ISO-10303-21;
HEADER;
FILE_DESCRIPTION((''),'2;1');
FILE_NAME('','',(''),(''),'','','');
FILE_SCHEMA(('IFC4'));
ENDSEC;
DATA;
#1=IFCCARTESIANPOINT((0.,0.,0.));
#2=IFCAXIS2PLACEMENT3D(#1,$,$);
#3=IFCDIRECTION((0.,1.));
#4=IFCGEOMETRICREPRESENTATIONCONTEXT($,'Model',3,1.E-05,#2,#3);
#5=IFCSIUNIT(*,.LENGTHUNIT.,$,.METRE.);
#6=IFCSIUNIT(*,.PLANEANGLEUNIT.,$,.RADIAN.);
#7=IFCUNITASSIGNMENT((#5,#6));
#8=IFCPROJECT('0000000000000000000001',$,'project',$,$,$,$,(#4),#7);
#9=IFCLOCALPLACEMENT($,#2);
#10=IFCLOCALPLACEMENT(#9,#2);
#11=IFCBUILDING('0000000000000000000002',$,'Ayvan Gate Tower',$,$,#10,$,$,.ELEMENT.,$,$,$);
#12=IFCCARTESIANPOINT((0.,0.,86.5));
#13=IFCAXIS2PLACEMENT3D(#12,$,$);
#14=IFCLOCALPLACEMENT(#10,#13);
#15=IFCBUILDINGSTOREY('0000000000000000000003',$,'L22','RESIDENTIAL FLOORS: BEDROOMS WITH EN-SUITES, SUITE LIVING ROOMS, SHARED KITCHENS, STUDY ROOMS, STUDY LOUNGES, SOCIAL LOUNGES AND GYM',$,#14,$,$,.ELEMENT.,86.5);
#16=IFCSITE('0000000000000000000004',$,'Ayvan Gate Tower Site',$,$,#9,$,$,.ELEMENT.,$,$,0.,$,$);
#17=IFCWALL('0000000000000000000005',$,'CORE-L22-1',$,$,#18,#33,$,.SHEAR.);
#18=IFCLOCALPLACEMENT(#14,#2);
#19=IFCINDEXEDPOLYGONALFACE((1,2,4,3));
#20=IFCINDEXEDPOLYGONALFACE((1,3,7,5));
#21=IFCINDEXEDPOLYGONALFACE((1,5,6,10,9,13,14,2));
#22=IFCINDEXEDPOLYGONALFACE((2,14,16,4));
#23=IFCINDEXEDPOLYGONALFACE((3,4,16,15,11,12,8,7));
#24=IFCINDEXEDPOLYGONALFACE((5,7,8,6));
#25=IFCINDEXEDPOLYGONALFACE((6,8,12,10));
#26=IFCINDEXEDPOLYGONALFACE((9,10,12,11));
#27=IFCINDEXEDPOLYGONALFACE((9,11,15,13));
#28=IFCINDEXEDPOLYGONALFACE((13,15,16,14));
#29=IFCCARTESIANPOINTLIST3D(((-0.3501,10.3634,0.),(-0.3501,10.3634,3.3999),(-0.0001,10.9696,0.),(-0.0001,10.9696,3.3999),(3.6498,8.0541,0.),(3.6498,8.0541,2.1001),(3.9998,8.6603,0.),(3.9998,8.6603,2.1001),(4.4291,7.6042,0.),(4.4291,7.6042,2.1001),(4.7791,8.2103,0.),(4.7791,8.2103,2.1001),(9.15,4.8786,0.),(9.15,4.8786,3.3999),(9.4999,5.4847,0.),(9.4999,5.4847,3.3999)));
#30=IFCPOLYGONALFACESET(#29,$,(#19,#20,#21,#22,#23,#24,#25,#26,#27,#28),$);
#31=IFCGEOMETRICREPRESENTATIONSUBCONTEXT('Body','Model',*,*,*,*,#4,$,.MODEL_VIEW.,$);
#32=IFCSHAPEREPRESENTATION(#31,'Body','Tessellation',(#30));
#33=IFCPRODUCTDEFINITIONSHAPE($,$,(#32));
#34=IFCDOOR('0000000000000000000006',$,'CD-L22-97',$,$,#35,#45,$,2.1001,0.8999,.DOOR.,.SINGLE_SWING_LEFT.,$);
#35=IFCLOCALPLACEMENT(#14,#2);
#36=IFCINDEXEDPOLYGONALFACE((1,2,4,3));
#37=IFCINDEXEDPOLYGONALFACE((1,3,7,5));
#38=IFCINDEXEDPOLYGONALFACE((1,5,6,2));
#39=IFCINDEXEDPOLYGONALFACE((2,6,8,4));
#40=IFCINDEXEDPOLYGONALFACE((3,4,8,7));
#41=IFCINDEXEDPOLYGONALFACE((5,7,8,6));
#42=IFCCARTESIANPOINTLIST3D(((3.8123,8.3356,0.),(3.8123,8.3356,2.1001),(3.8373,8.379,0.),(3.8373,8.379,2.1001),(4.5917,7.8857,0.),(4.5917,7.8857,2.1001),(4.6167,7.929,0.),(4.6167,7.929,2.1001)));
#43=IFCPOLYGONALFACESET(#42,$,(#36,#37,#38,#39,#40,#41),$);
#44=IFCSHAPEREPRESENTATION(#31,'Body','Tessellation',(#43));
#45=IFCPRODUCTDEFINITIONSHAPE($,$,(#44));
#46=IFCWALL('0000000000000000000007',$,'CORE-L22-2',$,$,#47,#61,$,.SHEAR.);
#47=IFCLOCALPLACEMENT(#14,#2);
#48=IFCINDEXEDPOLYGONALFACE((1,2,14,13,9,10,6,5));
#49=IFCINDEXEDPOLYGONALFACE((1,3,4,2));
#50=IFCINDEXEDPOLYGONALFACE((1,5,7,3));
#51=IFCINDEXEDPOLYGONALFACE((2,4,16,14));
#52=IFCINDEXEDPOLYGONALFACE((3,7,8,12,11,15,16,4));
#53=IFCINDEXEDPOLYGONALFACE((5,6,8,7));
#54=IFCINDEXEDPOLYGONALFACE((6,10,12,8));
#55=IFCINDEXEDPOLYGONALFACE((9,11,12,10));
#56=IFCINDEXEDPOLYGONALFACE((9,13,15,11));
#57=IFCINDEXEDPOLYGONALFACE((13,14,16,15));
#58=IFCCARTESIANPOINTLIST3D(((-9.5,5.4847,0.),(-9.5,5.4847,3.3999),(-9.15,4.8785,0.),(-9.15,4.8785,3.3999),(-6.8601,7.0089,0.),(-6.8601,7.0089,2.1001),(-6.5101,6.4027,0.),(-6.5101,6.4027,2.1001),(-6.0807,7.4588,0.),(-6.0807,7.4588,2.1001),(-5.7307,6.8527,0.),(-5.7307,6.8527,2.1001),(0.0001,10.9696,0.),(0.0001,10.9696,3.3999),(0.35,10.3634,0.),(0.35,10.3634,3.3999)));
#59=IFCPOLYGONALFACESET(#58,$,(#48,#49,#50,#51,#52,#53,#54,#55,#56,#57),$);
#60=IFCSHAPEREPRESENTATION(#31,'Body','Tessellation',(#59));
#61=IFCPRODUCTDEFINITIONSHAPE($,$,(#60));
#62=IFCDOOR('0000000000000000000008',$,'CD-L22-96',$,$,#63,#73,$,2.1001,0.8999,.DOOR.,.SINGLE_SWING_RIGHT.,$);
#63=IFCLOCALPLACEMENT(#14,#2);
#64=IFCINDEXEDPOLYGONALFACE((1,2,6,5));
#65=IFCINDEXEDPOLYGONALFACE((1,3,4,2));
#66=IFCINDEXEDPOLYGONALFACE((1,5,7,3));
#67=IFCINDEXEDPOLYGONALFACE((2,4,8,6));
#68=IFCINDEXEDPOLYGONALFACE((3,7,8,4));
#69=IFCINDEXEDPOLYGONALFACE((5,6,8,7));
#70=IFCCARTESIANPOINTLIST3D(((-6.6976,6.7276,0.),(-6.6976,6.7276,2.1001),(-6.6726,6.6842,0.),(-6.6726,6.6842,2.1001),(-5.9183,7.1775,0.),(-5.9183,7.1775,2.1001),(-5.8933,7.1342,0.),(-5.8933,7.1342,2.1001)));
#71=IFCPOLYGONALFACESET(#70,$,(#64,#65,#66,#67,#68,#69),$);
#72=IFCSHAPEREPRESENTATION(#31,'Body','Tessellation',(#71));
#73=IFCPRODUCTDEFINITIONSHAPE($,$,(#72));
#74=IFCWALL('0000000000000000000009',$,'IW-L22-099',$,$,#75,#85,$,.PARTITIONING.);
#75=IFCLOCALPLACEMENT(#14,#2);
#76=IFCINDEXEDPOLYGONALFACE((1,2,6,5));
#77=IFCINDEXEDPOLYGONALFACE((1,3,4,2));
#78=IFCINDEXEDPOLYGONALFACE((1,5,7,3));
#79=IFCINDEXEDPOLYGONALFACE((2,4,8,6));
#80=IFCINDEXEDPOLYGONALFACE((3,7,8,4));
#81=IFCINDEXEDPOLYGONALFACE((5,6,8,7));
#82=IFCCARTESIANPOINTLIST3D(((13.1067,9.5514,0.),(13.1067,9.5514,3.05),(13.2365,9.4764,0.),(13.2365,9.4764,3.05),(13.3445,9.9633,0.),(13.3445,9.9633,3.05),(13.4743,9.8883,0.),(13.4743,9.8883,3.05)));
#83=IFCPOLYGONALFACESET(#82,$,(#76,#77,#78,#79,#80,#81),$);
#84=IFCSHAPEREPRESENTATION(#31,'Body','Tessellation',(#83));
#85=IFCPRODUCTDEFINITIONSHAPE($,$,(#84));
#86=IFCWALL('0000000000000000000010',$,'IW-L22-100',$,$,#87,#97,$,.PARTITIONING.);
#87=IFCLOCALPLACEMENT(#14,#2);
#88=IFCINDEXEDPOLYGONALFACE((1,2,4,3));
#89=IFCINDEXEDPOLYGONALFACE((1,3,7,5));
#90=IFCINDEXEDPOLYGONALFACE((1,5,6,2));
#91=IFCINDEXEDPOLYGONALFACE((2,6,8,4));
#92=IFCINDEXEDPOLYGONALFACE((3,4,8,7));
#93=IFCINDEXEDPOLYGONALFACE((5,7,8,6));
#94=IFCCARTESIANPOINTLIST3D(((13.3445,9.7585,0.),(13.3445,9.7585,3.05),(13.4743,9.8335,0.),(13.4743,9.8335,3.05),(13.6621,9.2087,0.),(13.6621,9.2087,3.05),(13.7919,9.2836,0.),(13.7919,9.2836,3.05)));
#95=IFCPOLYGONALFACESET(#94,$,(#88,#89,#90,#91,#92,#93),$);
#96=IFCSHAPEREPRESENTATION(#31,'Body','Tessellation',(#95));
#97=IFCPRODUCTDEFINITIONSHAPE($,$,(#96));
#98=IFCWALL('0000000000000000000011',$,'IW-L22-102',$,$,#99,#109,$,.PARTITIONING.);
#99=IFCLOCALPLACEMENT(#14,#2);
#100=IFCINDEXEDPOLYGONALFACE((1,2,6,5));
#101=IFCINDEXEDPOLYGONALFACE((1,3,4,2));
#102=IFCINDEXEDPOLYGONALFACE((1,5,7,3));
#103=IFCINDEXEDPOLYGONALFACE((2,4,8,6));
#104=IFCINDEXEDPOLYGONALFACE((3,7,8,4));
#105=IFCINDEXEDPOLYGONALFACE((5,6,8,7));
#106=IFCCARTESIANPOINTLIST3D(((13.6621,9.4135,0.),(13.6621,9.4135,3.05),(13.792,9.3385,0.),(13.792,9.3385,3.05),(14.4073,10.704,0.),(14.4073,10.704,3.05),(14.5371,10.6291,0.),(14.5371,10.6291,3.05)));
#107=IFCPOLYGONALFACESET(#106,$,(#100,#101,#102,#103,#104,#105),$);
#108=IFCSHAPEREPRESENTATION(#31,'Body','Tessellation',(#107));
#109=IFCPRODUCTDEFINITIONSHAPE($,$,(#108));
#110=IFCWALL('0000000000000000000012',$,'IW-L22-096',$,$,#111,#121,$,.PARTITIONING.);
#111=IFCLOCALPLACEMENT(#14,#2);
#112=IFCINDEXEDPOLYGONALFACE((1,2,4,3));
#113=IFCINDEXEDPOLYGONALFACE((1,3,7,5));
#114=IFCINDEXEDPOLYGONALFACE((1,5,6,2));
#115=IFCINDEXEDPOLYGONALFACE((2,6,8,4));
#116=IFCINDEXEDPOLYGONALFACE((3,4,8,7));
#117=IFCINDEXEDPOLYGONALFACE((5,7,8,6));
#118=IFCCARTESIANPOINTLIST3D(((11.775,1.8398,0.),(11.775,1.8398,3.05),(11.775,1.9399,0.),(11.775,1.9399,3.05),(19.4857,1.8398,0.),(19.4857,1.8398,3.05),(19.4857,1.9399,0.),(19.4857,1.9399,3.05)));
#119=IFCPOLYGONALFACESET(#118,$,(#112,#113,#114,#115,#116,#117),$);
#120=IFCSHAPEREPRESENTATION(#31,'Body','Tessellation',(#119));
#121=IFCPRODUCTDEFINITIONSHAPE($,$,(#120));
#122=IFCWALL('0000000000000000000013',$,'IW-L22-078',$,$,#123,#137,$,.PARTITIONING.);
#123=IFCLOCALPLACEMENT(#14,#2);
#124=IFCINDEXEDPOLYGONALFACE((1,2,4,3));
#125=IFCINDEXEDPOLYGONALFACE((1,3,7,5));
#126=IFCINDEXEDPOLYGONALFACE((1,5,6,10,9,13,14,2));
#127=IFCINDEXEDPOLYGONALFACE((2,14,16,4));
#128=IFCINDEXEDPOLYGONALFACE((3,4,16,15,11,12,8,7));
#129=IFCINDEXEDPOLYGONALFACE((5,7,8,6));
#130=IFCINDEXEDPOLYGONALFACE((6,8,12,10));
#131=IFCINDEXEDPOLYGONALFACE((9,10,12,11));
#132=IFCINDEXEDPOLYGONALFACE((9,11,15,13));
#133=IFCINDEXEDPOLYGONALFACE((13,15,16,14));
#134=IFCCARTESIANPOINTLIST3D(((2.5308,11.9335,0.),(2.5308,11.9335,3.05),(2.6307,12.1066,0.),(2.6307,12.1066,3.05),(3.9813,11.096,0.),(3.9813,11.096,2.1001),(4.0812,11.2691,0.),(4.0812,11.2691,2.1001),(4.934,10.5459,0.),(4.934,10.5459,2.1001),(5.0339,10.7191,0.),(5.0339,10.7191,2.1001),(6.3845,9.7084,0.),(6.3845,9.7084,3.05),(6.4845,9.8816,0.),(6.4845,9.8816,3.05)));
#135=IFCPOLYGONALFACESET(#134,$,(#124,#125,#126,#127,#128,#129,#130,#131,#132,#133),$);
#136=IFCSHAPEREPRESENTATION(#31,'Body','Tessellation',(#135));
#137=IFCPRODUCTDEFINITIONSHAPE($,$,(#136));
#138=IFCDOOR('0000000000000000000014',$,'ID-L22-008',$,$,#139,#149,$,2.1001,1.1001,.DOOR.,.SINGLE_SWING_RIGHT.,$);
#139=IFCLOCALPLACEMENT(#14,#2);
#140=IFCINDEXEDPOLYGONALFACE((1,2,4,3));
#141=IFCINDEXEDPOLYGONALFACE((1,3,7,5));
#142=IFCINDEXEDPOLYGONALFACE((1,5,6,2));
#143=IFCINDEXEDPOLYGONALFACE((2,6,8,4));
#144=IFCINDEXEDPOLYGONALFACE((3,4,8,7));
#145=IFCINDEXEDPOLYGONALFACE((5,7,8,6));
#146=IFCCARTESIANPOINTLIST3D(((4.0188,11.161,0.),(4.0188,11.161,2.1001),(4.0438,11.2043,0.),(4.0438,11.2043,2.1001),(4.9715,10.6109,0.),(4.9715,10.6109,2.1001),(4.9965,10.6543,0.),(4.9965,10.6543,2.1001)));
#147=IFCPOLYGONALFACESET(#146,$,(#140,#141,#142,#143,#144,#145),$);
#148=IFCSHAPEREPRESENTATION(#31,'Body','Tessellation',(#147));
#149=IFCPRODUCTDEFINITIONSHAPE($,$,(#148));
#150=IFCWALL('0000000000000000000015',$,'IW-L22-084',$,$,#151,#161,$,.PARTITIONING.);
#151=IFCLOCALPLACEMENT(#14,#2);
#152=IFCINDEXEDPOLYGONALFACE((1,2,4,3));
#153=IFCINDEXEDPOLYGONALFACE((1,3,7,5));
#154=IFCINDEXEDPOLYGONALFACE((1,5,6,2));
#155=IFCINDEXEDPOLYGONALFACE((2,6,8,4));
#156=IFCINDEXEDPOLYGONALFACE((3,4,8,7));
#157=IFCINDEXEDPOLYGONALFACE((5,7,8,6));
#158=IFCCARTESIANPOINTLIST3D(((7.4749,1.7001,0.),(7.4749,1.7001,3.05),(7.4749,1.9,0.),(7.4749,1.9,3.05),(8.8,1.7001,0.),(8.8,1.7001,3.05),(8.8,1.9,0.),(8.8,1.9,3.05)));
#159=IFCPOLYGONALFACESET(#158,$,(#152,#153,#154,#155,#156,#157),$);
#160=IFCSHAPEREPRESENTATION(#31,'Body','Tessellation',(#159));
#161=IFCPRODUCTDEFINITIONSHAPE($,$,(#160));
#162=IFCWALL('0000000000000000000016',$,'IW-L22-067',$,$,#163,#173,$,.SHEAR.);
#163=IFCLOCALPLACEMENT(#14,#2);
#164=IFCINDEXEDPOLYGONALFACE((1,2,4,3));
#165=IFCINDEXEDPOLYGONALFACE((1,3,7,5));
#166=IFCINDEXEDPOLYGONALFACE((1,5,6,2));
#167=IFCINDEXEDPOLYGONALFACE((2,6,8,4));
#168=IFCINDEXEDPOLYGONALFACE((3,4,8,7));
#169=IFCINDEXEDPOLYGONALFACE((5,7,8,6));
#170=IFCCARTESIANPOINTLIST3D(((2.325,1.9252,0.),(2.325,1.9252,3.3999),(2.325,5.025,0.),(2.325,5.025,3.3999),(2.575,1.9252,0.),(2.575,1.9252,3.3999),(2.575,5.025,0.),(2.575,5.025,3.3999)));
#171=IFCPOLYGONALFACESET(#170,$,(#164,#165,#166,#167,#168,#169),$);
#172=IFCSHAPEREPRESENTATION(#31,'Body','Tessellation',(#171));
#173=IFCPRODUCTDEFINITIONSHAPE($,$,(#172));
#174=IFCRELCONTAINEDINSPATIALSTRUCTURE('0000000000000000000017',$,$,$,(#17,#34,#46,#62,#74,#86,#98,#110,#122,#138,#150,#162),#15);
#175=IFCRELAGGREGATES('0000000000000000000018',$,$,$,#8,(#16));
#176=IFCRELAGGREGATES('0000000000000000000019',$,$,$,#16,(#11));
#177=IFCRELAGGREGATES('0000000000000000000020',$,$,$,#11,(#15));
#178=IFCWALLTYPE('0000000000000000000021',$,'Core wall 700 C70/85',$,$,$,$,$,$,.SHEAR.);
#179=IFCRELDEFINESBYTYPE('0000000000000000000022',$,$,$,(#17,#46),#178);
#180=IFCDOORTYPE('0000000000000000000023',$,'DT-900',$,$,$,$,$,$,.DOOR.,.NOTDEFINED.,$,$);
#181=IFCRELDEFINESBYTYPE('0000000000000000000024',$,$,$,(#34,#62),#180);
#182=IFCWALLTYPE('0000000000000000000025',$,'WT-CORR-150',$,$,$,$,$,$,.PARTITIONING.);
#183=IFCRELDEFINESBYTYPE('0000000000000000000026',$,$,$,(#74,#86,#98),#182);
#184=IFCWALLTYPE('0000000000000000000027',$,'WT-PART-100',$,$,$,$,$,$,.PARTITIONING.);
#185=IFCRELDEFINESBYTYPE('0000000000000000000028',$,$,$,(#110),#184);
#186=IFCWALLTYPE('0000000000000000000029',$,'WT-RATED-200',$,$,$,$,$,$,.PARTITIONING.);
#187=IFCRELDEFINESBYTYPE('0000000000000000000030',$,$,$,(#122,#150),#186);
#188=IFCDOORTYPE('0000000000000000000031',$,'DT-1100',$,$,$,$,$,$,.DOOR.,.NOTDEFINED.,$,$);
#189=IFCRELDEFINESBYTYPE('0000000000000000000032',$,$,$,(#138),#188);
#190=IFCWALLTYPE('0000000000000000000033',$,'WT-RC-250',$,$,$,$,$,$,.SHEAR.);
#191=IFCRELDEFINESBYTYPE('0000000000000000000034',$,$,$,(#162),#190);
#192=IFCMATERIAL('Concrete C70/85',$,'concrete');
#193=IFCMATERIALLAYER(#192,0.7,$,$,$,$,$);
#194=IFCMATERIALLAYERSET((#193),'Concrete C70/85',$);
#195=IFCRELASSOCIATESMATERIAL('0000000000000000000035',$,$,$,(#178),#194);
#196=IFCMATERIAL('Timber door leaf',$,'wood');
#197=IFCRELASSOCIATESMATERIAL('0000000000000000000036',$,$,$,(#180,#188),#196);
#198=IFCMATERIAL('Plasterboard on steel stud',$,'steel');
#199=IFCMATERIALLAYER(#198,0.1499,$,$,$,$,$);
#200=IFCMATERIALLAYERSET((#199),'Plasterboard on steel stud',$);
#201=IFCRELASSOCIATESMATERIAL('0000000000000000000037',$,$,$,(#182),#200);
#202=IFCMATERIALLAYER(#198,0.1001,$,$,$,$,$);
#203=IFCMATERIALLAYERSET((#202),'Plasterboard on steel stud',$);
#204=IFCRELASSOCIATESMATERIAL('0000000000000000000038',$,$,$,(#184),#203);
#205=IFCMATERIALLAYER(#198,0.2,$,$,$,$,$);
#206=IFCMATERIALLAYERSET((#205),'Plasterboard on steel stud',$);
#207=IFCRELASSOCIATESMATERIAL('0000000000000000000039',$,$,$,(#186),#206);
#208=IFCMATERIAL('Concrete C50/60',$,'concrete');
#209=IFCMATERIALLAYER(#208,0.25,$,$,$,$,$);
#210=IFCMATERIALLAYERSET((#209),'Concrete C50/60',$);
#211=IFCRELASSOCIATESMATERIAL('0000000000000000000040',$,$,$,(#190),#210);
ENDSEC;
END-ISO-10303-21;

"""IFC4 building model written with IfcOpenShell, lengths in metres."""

from ifc_helpers import new_model, si_unit, direction, frame, frame_2d, origin, place, context, subcontext, project, spatial, rectangle, extrude, material, layer, layer_set, type_object, element, fill, save


model = new_model("IFC4")

# Units and contexts
model_context = context("Model", 3, precision=1e-05, world=origin(), true_north=direction((0.0, 1.0)))
body_context = subcontext(model_context, "Body", "Model", "MODEL_VIEW")
ifc_project = project(units=[si_unit("LENGTHUNIT", "METRE"), si_unit("PLANEANGLEUNIT", "RADIAN")], contexts=[model_context])

# Site, building, storey
site_placement = place(None, origin())
site = spatial("IfcSite", under=ifc_project, at=site_placement, Name="Ayvan Gate Tower Site", CompositionType="ELEMENT", RefElevation=0.0)
building_placement = place(site_placement, origin())
building = spatial("IfcBuilding", under=site, at=building_placement, Name="Ayvan Gate Tower", CompositionType="ELEMENT")
storey_placement = place(building_placement, frame((0.0, 0.0, 86.5)))
storey = spatial("IfcBuildingStorey", under=building, at=storey_placement, Name="L22", Description="RESIDENTIAL FLOORS: BEDROOMS WITH EN-SUITES, SUITE LIVING ROOMS, SHARED KITCHENS, STUDY ROOMS, STUDY LOUNGES, SOCIAL LOUNGES AND GYM", CompositionType="ELEMENT", Elevation=86.5)

# Walls, openings, doors
ifc_material_1 = material(Name="Concrete C70/85", Category="concrete")
ifc_layer_1 = layer(ifc_material_1, 0.7)
ifc_layer_set_1 = layer_set([ifc_layer_1], Name="Concrete C70/85")
wall_type_1 = type_object("IfcWallType", Name="Core wall 700 C70/85", PredefinedType="SHEAR", material=ifc_layer_set_1)
wall_1_placement = place(storey_placement, frame((9.325, 5.1816, 0.0), z_axis=(0.0, 0.0, 1.0), x_axis=(-0.866024, 0.500002, 0.0)))
wall_1 = element("IfcWall", 1, at=wall_1_placement, inside=storey, type_object=wall_type_1, Name="CORE-L22-1", PredefinedType="SHEAR", context=body_context, shape_type="SweptSolid", body=[
    extrude(rectangle(XDim=10.9697, YDim=0.7, at=frame_2d((5.4849, 0.0))), origin(), (0.0, 0.0, 1.0), 3.3999),
])
opening_1_placement = place(wall_1_placement, frame((5.4512, 0.0, 0.0)))
opening_1 = element("IfcOpeningElement", 2, at=opening_1_placement, cuts=wall_1, PredefinedType="OPENING", context=body_context, shape_type="SweptSolid", body=[
    extrude(rectangle(XDim=0.8999, YDim=2.1001, at=frame_2d((0.45, 1.05))), frame((0.0, 0.3599, 0.0), z_axis=(0.0, -1.0, 0.0), x_axis=(1.0, 0.0, 0.0)), (0.0, 0.0, 1.0), 0.72),
])
ifc_material_2 = material(Name="Timber door leaf", Category="wood")
door_type_1 = type_object("IfcDoorType", Name="DT-900", OperationType="NOTDEFINED", PredefinedType="DOOR", material=ifc_material_2)
door_1_placement = place(opening_1_placement, origin())
door_1 = element("IfcDoor", 3, at=door_1_placement, inside=storey, type_object=door_type_1, Name="CD-L22-97", OperationType="SINGLE_SWING_LEFT", OverallHeight=2.1001, OverallWidth=0.8999, PredefinedType="DOOR", context=body_context, shape_type="SweptSolid", body=[
    extrude(rectangle(XDim=0.8999, YDim=2.1001, at=frame_2d((0.45, 1.05))), frame((0.0, 0.0249, 0.0), z_axis=(0.0, -1.0, 0.0), x_axis=(1.0, 0.0, 0.0)), (0.0, 0.0, 1.0), 0.05),
])
fill(opening_1, door_1)
wall_2_placement = place(storey_placement, frame((0.175, 10.6665, 0.0), z_axis=(0.0, 0.0, 1.0), x_axis=(-0.866024, -0.500002, 0.0)))
wall_2 = element("IfcWall", 4, at=wall_2_placement, inside=storey, type_object=wall_type_1, Name="CORE-L22-2", PredefinedType="SHEAR", context=body_context, shape_type="SweptSolid", body=[
    extrude(rectangle(XDim=10.9697, YDim=0.7, at=frame_2d((5.4849, 0.0))), origin(), (0.0, 0.0, 1.0), 3.3999),
])
opening_2_placement = place(wall_2_placement, frame((7.0215, 0.0, 0.0)))
opening_2 = element("IfcOpeningElement", 5, at=opening_2_placement, cuts=wall_2, PredefinedType="OPENING", context=body_context, shape_type="SweptSolid", body=[
    extrude(rectangle(XDim=0.8999, YDim=2.1001, at=frame_2d((0.45, 1.05))), frame((0.0, 0.3599, 0.0), z_axis=(0.0, -1.0, 0.0), x_axis=(1.0, 0.0, 0.0)), (0.0, 0.0, 1.0), 0.72),
])
door_2_placement = place(opening_2_placement, origin())
door_2 = element("IfcDoor", 6, at=door_2_placement, inside=storey, type_object=door_type_1, Name="CD-L22-96", OperationType="SINGLE_SWING_RIGHT", OverallHeight=2.1001, OverallWidth=0.8999, PredefinedType="DOOR", context=body_context, shape_type="SweptSolid", body=[
    extrude(rectangle(XDim=0.8999, YDim=2.1001, at=frame_2d((0.45, 1.05))), frame((0.0, 0.0249, 0.0), z_axis=(0.0, -1.0, 0.0), x_axis=(1.0, 0.0, 0.0)), (0.0, 0.0, 1.0), 0.05),
])
fill(opening_2, door_2)

# Walls
ifc_material_3 = material(Name="Plasterboard on steel stud", Category="steel")
ifc_layer_2 = layer(ifc_material_3, 0.1499)
ifc_layer_set_2 = layer_set([ifc_layer_2], Name="Plasterboard on steel stud")
wall_type_2 = type_object("IfcWallType", Name="WT-CORR-150", PredefinedType="PARTITIONING", material=ifc_layer_set_2)
wall_3_placement = place(storey_placement, frame((13.1716, 9.5139, 0.0), z_axis=(0.0, 0.0, 1.0), x_axis=(0.500004, 0.866023, 0.0)))
element("IfcWall", 7, at=wall_3_placement, inside=storey, type_object=wall_type_2, Name="IW-L22-099", PredefinedType="PARTITIONING", context=body_context, shape_type="SweptSolid", body=[
    extrude(rectangle(XDim=0.4756, YDim=0.1499, at=frame_2d((0.2378, 0.0))), origin(), (0.0, 0.0, 1.0), 3.05),
])
wall_4_placement = place(storey_placement, frame((13.4094, 9.7959, 0.0), z_axis=(0.0, 0.0, 1.0), x_axis=(0.500233, -0.865891, 0.0)))
element("IfcWall", 8, at=wall_4_placement, inside=storey, type_object=wall_type_2, Name="IW-L22-100", PredefinedType="PARTITIONING", context=body_context, shape_type="SweptSolid", body=[
    extrude(rectangle(XDim=0.635, YDim=0.1499, at=frame_2d((0.3174, 0.0))), origin(), (0.0, 0.0, 1.0), 3.05),
])
wall_5_placement = place(storey_placement, frame((13.7271, 9.376, 0.0), z_axis=(0.0, 0.0, 1.0), x_axis=(0.500016, 0.866016, 0.0)))
element("IfcWall", 9, at=wall_5_placement, inside=storey, type_object=wall_type_2, Name="IW-L22-102", PredefinedType="PARTITIONING", context=body_context, shape_type="SweptSolid", body=[
    extrude(rectangle(XDim=1.4902, YDim=0.1499, at=frame_2d((0.7451, 0.0))), origin(), (0.0, 0.0, 1.0), 3.05),
])
ifc_layer_3 = layer(ifc_material_3, 0.1001)
ifc_layer_set_3 = layer_set([ifc_layer_3], Name="Plasterboard on steel stud")
wall_type_3 = type_object("IfcWallType", Name="WT-PART-100", PredefinedType="PARTITIONING", material=ifc_layer_set_3)
wall_6_placement = place(storey_placement, frame((11.7749, 1.8899, 0.0), z_axis=(0.0, 0.0, 1.0), x_axis=(1.0, 0.0, 0.0)))
element("IfcWall", 10, at=wall_6_placement, inside=storey, type_object=wall_type_3, Name="IW-L22-096", PredefinedType="PARTITIONING", context=body_context, shape_type="SweptSolid", body=[
    extrude(rectangle(XDim=7.7107, YDim=0.1001, at=frame_2d((3.8555, 0.0))), origin(), (0.0, 0.0, 1.0), 3.05),
])

# Wall, opening, door
ifc_layer_4 = layer(ifc_material_3, 0.2)
ifc_layer_set_4 = layer_set([ifc_layer_4], Name="Plasterboard on steel stud")
wall_type_4 = type_object("IfcWallType", Name="WT-RATED-200", PredefinedType="PARTITIONING", material=ifc_layer_set_4)
wall_7_placement = place(storey_placement, frame((6.4346, 9.7949, 0.0), z_axis=(0.0, 0.0, 1.0), x_axis=(-0.866013, 0.500022, 0.0)))
wall_7 = element("IfcWall", 11, at=wall_7_placement, inside=storey, type_object=wall_type_4, Name="IW-L22-078", PredefinedType="PARTITIONING", context=body_context, shape_type="SweptSolid", body=[
    extrude(rectangle(XDim=4.45, YDim=0.2, at=frame_2d((2.2251, 0.0))), origin(), (0.0, 0.0, 1.0), 3.05),
])
opening_3_placement = place(wall_7_placement, frame((1.675, 0.0, 0.0)))
opening_3 = element("IfcOpeningElement", 12, at=opening_3_placement, cuts=wall_7, PredefinedType="OPENING", context=body_context, shape_type="SweptSolid", body=[
    extrude(rectangle(XDim=1.1001, YDim=2.1001, at=frame_2d((0.55, 1.05))), frame((0.0, 0.1099, 0.0), z_axis=(0.0, -1.0, 0.0), x_axis=(1.0, 0.0, 0.0)), (0.0, 0.0, 1.0), 0.22),
])
door_type_2 = type_object("IfcDoorType", Name="DT-1100", OperationType="NOTDEFINED", PredefinedType="DOOR", material=ifc_material_2)
door_3_placement = place(opening_3_placement, origin())
door_3 = element("IfcDoor", 13, at=door_3_placement, inside=storey, type_object=door_type_2, Name="ID-L22-008", OperationType="SINGLE_SWING_RIGHT", OverallHeight=2.1001, OverallWidth=1.1001, PredefinedType="DOOR", context=body_context, shape_type="SweptSolid", body=[
    extrude(rectangle(XDim=1.1001, YDim=2.1001, at=frame_2d((0.55, 1.05))), frame((0.0, 0.0249, 0.0), z_axis=(0.0, -1.0, 0.0), x_axis=(1.0, 0.0, 0.0)), (0.0, 0.0, 1.0), 0.05),
])
fill(opening_3, door_3)

# Walls
wall_8_placement = place(storey_placement, frame((7.4749, 1.8, 0.0), z_axis=(0.0, 0.0, 1.0), x_axis=(1.0, 0.0, 0.0)))
element("IfcWall", 14, at=wall_8_placement, inside=storey, type_object=wall_type_4, Name="IW-L22-084", PredefinedType="PARTITIONING", context=body_context, shape_type="SweptSolid", body=[
    extrude(rectangle(XDim=1.3252, YDim=0.2, at=frame_2d((0.6626, 0.0))), origin(), (0.0, 0.0, 1.0), 3.05),
])
ifc_material_4 = material(Name="Concrete C50/60", Category="concrete")
ifc_layer_5 = layer(ifc_material_4, 0.25)
ifc_layer_set_5 = layer_set([ifc_layer_5], Name="Concrete C50/60")
wall_type_5 = type_object("IfcWallType", Name="WT-RC-250", PredefinedType="SHEAR", material=ifc_layer_set_5)
for number, where, z_axis, x_axis, name in (
    (15, (2.45, 5.0249, 0.0), (0.0, 0.0, 1.0), (0.0, -1.0, 0.0), "IW-L22-067"),
):
    element("IfcWall", number, at=place(storey_placement, frame(where, z_axis=z_axis, x_axis=x_axis)), inside=storey, type_object=wall_type_5, Name=name, PredefinedType="SHEAR", context=body_context, shape_type="SweptSolid", body=[
        extrude(rectangle(XDim=3.0999, YDim=0.25, at=frame_2d((1.5498, 0.0))), origin(), (0.0, 0.0, 1.0), 3.3999),
    ])

save(model, "model.ifc")
